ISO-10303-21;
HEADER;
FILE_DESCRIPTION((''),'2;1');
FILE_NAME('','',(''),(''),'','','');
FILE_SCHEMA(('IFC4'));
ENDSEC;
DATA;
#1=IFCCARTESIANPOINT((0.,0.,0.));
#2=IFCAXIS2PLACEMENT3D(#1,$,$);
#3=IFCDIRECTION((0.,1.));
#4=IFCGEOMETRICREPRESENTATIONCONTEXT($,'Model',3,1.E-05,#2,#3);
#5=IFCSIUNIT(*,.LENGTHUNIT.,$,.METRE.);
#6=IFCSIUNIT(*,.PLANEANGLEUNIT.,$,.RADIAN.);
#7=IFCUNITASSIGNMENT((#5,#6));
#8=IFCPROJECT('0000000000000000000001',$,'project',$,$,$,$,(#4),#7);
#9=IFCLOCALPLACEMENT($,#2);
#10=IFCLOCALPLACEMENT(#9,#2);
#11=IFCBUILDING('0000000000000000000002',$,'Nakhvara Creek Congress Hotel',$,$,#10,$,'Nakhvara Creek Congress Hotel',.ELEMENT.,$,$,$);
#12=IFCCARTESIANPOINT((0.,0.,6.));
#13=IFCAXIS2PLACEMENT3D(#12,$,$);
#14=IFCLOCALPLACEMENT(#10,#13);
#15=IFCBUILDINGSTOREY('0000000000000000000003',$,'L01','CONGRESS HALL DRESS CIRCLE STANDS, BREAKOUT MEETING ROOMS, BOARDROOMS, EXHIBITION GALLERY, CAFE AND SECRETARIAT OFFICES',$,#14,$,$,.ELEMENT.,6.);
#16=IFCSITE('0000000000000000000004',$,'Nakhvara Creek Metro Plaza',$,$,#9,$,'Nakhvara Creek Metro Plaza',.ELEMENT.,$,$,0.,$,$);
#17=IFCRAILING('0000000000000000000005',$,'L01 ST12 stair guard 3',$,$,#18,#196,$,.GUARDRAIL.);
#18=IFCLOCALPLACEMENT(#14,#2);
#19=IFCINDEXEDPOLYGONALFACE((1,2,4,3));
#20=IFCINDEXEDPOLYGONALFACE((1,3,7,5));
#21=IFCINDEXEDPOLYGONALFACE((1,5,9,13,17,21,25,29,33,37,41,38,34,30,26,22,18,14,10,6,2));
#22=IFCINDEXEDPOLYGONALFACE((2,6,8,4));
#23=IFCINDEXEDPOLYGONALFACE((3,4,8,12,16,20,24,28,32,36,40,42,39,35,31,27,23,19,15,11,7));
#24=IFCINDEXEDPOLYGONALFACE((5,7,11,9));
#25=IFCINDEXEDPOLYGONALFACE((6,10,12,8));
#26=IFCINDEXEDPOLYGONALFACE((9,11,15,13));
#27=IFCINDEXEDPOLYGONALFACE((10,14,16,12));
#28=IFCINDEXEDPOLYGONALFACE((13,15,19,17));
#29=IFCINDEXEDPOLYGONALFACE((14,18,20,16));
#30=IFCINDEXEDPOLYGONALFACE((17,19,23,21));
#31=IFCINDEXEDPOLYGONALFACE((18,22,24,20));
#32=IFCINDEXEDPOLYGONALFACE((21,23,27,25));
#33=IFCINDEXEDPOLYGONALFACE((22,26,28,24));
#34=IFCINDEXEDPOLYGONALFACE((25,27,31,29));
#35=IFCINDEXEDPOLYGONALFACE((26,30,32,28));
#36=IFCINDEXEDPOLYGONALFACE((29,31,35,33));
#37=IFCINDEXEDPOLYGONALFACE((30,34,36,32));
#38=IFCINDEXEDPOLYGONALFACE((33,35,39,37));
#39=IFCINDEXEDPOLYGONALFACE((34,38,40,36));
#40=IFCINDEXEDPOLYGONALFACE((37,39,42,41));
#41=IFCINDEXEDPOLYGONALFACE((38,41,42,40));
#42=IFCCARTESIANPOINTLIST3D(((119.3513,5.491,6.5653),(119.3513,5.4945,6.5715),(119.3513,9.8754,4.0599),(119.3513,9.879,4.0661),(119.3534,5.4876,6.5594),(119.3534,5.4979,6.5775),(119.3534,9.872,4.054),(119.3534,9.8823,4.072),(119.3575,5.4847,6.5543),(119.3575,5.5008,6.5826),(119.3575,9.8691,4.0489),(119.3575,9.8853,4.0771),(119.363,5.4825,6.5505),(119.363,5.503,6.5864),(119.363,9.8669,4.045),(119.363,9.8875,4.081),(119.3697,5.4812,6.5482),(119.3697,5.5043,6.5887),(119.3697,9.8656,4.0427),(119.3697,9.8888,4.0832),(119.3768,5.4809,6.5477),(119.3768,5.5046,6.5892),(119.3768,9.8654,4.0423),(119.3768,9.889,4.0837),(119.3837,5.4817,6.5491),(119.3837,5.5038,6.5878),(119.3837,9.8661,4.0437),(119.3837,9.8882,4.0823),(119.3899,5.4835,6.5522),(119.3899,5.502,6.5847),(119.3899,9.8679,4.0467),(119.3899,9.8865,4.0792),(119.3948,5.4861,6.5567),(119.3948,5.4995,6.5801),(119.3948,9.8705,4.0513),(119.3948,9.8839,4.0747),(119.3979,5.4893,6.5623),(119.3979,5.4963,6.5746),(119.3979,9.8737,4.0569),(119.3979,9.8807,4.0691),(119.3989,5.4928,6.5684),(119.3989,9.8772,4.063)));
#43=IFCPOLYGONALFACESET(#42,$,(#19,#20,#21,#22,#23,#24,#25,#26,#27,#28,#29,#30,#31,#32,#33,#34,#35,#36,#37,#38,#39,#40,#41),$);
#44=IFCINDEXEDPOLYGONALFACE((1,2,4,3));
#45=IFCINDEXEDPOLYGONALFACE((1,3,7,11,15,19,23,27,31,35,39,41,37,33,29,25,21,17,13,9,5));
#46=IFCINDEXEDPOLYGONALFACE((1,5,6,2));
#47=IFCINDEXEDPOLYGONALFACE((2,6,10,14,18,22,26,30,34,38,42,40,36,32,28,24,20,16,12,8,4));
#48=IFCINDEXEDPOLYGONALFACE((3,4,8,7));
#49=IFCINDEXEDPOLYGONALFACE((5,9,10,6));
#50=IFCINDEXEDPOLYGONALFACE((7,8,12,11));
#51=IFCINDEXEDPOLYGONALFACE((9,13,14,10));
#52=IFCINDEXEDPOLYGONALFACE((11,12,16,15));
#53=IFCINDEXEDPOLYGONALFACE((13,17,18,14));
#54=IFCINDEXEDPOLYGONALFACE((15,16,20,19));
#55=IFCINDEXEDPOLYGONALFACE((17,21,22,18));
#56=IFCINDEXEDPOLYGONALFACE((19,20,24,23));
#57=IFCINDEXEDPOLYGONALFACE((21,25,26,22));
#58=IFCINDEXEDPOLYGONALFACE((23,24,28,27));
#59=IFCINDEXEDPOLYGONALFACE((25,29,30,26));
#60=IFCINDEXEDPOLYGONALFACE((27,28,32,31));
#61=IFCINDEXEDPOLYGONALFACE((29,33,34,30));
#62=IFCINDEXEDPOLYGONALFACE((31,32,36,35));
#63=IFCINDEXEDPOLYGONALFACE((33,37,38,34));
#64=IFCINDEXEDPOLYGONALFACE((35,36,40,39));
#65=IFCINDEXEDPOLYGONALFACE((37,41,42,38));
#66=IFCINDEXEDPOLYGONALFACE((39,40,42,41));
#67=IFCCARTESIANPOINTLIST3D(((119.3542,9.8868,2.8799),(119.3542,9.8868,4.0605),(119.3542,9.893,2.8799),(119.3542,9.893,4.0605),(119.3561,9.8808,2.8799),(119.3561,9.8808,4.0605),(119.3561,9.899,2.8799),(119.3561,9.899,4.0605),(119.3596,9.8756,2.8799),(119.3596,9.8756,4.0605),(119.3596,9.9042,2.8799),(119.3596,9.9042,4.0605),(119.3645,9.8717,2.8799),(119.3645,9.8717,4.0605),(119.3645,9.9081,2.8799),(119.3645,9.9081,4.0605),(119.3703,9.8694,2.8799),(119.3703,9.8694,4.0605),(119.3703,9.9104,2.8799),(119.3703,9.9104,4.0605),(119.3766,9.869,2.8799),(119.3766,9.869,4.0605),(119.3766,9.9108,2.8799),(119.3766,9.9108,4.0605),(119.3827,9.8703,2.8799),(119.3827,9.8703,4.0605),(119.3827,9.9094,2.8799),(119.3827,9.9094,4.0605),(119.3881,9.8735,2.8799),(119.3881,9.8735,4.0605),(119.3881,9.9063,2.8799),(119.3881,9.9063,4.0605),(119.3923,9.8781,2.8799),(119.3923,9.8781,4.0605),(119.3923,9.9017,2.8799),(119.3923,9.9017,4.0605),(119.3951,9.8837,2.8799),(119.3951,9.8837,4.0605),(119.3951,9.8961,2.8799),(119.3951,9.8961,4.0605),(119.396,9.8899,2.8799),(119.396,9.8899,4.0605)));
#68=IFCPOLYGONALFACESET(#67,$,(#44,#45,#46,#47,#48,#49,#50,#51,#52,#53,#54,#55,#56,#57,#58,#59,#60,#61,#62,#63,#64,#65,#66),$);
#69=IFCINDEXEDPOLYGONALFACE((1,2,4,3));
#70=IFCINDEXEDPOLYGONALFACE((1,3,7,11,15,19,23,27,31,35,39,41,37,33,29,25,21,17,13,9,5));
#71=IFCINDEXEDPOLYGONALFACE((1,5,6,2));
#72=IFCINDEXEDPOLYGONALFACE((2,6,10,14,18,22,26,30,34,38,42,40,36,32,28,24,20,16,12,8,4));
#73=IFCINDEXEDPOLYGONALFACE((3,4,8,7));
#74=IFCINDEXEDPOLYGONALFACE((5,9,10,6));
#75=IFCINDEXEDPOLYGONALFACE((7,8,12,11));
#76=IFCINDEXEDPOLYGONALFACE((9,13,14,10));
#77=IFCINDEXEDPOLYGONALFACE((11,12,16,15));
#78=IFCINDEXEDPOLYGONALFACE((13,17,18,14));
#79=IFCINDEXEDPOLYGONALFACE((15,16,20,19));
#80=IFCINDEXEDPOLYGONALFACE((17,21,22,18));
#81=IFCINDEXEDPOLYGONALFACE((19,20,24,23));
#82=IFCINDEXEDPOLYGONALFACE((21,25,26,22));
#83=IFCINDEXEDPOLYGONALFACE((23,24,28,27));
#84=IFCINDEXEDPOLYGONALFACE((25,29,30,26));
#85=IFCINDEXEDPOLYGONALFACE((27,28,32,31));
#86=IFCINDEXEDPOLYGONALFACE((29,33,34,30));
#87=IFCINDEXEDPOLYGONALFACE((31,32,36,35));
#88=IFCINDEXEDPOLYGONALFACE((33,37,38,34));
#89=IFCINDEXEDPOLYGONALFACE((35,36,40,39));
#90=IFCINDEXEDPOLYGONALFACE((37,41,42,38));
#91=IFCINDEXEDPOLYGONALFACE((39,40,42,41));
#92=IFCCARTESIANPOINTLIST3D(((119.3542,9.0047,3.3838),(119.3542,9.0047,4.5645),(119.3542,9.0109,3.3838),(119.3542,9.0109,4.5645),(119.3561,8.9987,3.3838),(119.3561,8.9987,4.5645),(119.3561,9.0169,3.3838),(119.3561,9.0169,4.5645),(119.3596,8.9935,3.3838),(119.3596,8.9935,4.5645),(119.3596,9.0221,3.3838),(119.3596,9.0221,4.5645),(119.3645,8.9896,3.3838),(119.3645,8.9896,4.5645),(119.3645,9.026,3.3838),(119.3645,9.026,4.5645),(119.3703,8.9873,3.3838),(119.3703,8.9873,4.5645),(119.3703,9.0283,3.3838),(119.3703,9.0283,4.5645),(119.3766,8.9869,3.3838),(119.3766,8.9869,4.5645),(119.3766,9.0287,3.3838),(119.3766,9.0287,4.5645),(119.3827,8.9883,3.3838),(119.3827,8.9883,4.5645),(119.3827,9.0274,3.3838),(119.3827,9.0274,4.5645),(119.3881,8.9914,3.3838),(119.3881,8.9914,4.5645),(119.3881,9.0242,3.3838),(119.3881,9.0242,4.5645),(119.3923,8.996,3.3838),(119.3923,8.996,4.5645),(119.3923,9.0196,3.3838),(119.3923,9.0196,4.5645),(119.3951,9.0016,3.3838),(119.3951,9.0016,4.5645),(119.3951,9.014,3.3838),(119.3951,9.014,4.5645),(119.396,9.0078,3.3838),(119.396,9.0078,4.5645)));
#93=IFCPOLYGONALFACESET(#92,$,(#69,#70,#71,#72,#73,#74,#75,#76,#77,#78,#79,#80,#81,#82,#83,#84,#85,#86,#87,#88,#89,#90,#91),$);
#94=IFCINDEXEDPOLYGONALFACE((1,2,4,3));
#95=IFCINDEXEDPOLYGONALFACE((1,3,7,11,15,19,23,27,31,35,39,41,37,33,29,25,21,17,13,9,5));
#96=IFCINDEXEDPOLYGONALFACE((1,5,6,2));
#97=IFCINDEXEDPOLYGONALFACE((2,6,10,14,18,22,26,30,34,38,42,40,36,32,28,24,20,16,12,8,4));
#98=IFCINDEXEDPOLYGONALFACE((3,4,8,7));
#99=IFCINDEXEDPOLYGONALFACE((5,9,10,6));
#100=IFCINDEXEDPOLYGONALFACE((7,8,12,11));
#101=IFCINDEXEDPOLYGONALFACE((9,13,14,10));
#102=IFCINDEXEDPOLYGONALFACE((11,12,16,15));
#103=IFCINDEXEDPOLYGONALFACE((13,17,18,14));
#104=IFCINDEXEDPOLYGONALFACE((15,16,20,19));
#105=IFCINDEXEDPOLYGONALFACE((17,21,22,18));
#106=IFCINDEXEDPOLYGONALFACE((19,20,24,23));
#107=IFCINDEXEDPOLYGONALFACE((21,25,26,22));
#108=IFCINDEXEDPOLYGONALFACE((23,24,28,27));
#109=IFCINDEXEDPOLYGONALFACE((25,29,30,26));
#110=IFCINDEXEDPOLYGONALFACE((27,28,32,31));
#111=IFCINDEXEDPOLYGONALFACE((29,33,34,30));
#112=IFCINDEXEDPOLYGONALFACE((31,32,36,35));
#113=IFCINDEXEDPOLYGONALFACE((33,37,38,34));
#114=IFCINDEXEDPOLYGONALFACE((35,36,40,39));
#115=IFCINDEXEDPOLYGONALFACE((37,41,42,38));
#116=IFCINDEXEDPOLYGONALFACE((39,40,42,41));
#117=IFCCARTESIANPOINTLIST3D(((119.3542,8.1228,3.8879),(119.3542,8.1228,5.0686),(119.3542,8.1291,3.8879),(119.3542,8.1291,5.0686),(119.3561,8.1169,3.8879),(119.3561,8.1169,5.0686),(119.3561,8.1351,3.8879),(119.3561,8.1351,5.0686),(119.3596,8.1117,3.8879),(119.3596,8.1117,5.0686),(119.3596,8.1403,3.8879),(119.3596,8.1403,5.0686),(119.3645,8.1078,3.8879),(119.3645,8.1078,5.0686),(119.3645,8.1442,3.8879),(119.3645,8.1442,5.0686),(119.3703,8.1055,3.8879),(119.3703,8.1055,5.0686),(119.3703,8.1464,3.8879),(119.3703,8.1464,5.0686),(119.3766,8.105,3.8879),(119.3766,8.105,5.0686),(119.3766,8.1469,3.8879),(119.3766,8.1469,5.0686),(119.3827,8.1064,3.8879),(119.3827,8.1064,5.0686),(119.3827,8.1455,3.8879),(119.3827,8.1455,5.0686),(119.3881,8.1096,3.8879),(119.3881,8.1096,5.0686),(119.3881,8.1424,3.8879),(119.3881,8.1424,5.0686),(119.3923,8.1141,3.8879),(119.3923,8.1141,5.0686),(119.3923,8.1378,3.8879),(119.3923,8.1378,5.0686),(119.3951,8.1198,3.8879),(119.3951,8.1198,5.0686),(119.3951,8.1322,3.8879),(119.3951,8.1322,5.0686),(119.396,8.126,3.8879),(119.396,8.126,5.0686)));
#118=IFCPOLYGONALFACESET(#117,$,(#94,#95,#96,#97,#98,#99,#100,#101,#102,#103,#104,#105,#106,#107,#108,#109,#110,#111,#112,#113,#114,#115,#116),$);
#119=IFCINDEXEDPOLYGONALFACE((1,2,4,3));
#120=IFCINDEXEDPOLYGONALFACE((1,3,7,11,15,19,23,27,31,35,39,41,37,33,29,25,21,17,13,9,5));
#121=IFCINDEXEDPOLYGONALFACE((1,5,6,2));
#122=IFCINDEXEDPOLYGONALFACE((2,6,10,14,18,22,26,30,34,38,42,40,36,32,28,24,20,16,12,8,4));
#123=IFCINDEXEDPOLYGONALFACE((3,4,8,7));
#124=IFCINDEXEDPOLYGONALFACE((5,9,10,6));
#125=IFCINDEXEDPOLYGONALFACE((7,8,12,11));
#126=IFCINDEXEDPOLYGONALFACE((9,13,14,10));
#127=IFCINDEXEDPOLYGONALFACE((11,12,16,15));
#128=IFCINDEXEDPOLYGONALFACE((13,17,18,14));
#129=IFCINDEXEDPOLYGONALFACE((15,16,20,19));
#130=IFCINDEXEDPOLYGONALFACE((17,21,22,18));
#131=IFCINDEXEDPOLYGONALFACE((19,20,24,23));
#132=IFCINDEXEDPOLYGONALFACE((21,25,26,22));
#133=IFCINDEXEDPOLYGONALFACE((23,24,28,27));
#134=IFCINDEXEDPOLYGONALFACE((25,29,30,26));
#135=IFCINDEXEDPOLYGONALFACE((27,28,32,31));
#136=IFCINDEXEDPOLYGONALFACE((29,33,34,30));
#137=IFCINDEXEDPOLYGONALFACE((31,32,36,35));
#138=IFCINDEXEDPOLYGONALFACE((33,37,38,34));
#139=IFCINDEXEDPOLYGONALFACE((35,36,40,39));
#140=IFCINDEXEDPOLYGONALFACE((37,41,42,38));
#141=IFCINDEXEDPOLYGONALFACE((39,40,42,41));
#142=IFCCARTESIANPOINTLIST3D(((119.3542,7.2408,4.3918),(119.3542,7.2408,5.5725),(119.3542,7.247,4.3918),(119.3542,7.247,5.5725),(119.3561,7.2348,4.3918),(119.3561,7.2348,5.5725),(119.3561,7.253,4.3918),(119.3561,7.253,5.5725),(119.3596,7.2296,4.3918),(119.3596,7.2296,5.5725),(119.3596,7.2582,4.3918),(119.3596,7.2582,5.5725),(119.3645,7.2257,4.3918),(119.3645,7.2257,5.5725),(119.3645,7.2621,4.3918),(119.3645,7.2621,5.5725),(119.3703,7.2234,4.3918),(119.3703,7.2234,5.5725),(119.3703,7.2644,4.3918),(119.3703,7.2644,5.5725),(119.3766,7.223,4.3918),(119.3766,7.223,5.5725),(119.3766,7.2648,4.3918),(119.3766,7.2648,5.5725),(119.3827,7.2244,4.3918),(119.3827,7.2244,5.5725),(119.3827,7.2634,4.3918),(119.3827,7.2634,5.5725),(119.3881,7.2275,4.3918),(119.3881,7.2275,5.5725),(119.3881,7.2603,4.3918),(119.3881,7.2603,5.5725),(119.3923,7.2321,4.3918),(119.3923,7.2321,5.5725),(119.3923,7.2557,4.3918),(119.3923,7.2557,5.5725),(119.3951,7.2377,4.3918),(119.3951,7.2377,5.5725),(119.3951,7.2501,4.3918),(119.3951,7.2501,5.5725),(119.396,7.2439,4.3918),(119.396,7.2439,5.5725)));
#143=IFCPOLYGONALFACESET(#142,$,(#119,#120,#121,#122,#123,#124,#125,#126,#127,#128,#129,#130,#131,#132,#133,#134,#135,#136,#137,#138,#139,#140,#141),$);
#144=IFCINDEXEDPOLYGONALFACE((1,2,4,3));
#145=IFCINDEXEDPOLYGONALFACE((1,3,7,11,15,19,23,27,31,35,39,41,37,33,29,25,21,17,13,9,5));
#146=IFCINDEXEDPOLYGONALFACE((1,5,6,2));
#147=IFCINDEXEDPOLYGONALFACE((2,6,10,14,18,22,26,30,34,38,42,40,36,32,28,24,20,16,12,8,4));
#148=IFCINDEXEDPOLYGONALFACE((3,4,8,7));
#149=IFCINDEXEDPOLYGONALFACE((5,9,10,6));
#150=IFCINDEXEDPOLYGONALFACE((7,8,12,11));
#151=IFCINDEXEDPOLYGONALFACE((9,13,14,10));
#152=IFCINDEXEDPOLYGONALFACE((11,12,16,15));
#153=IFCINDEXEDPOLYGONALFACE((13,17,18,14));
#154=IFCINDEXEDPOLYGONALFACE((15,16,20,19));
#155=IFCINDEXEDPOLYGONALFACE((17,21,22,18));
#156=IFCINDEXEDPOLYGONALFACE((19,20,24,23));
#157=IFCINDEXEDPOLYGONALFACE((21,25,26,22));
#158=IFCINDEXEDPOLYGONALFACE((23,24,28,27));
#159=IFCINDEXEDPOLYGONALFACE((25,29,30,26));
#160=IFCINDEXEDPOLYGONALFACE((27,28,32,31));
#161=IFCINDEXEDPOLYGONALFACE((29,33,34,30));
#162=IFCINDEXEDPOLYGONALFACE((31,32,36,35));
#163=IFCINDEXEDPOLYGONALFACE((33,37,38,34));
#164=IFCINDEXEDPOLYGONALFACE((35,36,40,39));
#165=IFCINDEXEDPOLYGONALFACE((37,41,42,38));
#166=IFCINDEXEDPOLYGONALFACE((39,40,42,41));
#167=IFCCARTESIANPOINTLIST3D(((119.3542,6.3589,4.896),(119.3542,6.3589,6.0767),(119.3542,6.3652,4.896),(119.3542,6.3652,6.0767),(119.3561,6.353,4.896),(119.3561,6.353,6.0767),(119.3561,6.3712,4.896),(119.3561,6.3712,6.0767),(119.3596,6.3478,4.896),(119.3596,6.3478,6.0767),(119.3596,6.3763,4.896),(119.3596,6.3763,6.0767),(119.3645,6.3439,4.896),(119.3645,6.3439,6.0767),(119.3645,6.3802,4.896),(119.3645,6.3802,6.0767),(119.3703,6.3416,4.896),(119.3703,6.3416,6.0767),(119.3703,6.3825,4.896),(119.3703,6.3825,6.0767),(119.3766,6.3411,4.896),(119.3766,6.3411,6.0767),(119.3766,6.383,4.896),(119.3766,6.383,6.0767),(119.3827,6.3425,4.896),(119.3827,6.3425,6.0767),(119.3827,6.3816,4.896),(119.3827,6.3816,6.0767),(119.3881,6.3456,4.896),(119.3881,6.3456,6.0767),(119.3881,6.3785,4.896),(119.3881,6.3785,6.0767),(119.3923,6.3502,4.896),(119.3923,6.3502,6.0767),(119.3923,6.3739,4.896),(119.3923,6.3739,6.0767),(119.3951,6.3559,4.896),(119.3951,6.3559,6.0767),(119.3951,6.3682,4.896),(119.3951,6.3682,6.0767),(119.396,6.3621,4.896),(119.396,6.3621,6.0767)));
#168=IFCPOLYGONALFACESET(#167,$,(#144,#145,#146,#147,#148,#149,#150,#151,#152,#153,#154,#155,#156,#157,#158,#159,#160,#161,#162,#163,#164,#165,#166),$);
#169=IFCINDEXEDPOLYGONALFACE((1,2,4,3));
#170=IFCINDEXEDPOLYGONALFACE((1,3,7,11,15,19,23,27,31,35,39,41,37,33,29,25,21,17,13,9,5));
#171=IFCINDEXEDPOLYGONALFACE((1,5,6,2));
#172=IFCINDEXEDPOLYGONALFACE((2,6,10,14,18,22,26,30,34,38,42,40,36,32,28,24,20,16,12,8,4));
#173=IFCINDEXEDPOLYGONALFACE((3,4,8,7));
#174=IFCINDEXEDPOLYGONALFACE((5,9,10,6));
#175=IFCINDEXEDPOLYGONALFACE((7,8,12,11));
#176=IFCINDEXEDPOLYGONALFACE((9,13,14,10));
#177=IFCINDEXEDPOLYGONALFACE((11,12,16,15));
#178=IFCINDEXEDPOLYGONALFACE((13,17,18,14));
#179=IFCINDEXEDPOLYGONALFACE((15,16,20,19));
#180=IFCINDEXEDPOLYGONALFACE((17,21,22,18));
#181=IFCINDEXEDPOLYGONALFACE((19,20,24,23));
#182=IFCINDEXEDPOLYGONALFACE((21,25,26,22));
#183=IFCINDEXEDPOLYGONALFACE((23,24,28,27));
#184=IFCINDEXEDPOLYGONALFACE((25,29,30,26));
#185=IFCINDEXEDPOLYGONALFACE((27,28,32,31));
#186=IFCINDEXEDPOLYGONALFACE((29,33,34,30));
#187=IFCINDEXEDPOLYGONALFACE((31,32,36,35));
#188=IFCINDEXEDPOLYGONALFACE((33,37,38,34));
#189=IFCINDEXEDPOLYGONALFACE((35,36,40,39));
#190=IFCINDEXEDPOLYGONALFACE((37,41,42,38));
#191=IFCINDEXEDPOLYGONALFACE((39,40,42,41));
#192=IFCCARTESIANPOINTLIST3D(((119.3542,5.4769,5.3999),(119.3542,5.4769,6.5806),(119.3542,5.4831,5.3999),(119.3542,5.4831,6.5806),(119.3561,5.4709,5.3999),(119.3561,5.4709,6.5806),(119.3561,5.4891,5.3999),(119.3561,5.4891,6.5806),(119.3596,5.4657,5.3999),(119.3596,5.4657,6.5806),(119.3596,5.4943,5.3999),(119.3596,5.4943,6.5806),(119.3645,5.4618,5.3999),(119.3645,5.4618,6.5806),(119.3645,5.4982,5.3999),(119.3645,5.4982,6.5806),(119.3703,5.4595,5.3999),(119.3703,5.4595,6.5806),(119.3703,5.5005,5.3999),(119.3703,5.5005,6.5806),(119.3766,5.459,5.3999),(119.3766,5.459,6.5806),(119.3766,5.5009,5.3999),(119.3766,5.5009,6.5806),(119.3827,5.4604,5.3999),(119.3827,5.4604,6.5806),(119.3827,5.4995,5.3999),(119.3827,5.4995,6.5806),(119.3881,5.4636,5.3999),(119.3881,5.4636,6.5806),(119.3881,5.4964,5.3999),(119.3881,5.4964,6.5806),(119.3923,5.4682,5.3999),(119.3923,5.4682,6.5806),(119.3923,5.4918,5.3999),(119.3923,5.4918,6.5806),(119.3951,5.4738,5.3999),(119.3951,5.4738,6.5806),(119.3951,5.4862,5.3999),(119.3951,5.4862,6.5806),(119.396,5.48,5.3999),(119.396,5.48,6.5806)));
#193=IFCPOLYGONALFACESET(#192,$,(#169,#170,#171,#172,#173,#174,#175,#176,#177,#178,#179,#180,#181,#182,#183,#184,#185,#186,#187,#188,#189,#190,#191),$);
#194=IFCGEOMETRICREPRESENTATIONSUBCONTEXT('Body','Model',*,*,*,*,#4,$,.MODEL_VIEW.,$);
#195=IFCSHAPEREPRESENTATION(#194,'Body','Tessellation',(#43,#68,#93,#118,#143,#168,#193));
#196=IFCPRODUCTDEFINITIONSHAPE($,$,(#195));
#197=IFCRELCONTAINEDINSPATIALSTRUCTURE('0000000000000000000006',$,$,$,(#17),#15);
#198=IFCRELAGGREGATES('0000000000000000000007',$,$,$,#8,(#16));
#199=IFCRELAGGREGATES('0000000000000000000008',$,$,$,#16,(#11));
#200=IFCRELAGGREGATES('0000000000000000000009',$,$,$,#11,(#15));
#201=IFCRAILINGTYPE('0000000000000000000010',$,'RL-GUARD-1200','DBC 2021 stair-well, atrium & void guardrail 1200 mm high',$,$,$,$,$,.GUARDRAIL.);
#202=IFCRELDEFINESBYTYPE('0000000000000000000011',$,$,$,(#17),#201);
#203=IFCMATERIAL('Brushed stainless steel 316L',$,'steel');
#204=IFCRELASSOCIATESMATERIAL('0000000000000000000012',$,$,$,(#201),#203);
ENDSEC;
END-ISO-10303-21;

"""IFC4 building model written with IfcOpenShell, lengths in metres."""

from ifc_helpers import new_model, si_unit, direction, frame, origin, origin_2d, place, context, subcontext, project, spatial, circle, extrude, material, type_object, element, save


model = new_model("IFC4")

# Units and contexts
model_context = context("Model", 3, precision=1e-05, world=origin(), true_north=direction((0.0, 1.0)))
body_context = subcontext(model_context, "Body", "Model", "MODEL_VIEW")
ifc_project = project(units=[si_unit("LENGTHUNIT", "METRE"), si_unit("PLANEANGLEUNIT", "RADIAN")], contexts=[model_context])

# Site, building, storey
site_placement = place(None, origin())
site = spatial("IfcSite", under=ifc_project, at=site_placement, Name="Nakhvara Creek Metro Plaza", LongName="Nakhvara Creek Metro Plaza", CompositionType="ELEMENT", RefElevation=0.0)
building_placement = place(site_placement, origin())
building = spatial("IfcBuilding", under=site, at=building_placement, Name="Nakhvara Creek Congress Hotel", LongName="Nakhvara Creek Congress Hotel", CompositionType="ELEMENT")
storey_placement = place(building_placement, frame((0.0, 0.0, 6.0)))
storey = spatial("IfcBuildingStorey", under=building, at=storey_placement, Name="L01", Description="CONGRESS HALL DRESS CIRCLE STANDS, BREAKOUT MEETING ROOMS, BOARDROOMS, EXHIBITION GALLERY, CAFE AND SECRETARIAT OFFICES", CompositionType="ELEMENT", Elevation=6.0)

# Railing
ifc_material_1 = material(Name="Brushed stainless steel 316L", Category="steel")
railing_type_1 = type_object("IfcRailingType", Name="RL-GUARD-1200", Description="DBC 2021 stair-well, atrium & void guardrail 1200 mm high", PredefinedType="GUARDRAIL", material=ifc_material_1)
railing_1_placement = place(storey_placement, frame((119.375, 9.8899, 2.8799)))
element("IfcRailing", 1, at=railing_1_placement, inside=storey, type_object=railing_type_1, Name="L01 ST12 stair guard 3", PredefinedType="GUARDRAIL", context=body_context, shape_type="SweptSolid", body=[
    extrude(circle(Radius=0.0239, at=origin_2d()), frame((0.0, -0.0127, 1.1831), z_axis=(0.0, -0.868237, 0.496149), x_axis=(1.0, 0.0, 0.0)), (0.0, 0.0, 1.0), 5.0498),
    extrude(circle(Radius=0.021, at=origin_2d()), origin(), (0.0, 0.0, 1.0), 1.1807),
    extrude(circle(Radius=0.021, at=origin_2d()), frame((0.0, -0.8821, 0.5039)), (0.0, 0.0, 1.0), 1.1807),
    extrude(circle(Radius=0.021, at=origin_2d()), frame((0.0, -1.7639, 1.0081)), (0.0, 0.0, 1.0), 1.1807),
    extrude(circle(Radius=0.021, at=origin_2d()), frame((0.0, -2.646, 1.512)), (0.0, 0.0, 1.0), 1.1807),
    extrude(circle(Radius=0.021, at=origin_2d()), frame((0.0, -3.5278, 2.0161)), (0.0, 0.0, 1.0), 1.1807),
    extrude(circle(Radius=0.021, at=origin_2d()), frame((0.0, -4.4099, 2.52)), (0.0, 0.0, 1.0), 1.1807),
])

save(model, "model.ifc")
